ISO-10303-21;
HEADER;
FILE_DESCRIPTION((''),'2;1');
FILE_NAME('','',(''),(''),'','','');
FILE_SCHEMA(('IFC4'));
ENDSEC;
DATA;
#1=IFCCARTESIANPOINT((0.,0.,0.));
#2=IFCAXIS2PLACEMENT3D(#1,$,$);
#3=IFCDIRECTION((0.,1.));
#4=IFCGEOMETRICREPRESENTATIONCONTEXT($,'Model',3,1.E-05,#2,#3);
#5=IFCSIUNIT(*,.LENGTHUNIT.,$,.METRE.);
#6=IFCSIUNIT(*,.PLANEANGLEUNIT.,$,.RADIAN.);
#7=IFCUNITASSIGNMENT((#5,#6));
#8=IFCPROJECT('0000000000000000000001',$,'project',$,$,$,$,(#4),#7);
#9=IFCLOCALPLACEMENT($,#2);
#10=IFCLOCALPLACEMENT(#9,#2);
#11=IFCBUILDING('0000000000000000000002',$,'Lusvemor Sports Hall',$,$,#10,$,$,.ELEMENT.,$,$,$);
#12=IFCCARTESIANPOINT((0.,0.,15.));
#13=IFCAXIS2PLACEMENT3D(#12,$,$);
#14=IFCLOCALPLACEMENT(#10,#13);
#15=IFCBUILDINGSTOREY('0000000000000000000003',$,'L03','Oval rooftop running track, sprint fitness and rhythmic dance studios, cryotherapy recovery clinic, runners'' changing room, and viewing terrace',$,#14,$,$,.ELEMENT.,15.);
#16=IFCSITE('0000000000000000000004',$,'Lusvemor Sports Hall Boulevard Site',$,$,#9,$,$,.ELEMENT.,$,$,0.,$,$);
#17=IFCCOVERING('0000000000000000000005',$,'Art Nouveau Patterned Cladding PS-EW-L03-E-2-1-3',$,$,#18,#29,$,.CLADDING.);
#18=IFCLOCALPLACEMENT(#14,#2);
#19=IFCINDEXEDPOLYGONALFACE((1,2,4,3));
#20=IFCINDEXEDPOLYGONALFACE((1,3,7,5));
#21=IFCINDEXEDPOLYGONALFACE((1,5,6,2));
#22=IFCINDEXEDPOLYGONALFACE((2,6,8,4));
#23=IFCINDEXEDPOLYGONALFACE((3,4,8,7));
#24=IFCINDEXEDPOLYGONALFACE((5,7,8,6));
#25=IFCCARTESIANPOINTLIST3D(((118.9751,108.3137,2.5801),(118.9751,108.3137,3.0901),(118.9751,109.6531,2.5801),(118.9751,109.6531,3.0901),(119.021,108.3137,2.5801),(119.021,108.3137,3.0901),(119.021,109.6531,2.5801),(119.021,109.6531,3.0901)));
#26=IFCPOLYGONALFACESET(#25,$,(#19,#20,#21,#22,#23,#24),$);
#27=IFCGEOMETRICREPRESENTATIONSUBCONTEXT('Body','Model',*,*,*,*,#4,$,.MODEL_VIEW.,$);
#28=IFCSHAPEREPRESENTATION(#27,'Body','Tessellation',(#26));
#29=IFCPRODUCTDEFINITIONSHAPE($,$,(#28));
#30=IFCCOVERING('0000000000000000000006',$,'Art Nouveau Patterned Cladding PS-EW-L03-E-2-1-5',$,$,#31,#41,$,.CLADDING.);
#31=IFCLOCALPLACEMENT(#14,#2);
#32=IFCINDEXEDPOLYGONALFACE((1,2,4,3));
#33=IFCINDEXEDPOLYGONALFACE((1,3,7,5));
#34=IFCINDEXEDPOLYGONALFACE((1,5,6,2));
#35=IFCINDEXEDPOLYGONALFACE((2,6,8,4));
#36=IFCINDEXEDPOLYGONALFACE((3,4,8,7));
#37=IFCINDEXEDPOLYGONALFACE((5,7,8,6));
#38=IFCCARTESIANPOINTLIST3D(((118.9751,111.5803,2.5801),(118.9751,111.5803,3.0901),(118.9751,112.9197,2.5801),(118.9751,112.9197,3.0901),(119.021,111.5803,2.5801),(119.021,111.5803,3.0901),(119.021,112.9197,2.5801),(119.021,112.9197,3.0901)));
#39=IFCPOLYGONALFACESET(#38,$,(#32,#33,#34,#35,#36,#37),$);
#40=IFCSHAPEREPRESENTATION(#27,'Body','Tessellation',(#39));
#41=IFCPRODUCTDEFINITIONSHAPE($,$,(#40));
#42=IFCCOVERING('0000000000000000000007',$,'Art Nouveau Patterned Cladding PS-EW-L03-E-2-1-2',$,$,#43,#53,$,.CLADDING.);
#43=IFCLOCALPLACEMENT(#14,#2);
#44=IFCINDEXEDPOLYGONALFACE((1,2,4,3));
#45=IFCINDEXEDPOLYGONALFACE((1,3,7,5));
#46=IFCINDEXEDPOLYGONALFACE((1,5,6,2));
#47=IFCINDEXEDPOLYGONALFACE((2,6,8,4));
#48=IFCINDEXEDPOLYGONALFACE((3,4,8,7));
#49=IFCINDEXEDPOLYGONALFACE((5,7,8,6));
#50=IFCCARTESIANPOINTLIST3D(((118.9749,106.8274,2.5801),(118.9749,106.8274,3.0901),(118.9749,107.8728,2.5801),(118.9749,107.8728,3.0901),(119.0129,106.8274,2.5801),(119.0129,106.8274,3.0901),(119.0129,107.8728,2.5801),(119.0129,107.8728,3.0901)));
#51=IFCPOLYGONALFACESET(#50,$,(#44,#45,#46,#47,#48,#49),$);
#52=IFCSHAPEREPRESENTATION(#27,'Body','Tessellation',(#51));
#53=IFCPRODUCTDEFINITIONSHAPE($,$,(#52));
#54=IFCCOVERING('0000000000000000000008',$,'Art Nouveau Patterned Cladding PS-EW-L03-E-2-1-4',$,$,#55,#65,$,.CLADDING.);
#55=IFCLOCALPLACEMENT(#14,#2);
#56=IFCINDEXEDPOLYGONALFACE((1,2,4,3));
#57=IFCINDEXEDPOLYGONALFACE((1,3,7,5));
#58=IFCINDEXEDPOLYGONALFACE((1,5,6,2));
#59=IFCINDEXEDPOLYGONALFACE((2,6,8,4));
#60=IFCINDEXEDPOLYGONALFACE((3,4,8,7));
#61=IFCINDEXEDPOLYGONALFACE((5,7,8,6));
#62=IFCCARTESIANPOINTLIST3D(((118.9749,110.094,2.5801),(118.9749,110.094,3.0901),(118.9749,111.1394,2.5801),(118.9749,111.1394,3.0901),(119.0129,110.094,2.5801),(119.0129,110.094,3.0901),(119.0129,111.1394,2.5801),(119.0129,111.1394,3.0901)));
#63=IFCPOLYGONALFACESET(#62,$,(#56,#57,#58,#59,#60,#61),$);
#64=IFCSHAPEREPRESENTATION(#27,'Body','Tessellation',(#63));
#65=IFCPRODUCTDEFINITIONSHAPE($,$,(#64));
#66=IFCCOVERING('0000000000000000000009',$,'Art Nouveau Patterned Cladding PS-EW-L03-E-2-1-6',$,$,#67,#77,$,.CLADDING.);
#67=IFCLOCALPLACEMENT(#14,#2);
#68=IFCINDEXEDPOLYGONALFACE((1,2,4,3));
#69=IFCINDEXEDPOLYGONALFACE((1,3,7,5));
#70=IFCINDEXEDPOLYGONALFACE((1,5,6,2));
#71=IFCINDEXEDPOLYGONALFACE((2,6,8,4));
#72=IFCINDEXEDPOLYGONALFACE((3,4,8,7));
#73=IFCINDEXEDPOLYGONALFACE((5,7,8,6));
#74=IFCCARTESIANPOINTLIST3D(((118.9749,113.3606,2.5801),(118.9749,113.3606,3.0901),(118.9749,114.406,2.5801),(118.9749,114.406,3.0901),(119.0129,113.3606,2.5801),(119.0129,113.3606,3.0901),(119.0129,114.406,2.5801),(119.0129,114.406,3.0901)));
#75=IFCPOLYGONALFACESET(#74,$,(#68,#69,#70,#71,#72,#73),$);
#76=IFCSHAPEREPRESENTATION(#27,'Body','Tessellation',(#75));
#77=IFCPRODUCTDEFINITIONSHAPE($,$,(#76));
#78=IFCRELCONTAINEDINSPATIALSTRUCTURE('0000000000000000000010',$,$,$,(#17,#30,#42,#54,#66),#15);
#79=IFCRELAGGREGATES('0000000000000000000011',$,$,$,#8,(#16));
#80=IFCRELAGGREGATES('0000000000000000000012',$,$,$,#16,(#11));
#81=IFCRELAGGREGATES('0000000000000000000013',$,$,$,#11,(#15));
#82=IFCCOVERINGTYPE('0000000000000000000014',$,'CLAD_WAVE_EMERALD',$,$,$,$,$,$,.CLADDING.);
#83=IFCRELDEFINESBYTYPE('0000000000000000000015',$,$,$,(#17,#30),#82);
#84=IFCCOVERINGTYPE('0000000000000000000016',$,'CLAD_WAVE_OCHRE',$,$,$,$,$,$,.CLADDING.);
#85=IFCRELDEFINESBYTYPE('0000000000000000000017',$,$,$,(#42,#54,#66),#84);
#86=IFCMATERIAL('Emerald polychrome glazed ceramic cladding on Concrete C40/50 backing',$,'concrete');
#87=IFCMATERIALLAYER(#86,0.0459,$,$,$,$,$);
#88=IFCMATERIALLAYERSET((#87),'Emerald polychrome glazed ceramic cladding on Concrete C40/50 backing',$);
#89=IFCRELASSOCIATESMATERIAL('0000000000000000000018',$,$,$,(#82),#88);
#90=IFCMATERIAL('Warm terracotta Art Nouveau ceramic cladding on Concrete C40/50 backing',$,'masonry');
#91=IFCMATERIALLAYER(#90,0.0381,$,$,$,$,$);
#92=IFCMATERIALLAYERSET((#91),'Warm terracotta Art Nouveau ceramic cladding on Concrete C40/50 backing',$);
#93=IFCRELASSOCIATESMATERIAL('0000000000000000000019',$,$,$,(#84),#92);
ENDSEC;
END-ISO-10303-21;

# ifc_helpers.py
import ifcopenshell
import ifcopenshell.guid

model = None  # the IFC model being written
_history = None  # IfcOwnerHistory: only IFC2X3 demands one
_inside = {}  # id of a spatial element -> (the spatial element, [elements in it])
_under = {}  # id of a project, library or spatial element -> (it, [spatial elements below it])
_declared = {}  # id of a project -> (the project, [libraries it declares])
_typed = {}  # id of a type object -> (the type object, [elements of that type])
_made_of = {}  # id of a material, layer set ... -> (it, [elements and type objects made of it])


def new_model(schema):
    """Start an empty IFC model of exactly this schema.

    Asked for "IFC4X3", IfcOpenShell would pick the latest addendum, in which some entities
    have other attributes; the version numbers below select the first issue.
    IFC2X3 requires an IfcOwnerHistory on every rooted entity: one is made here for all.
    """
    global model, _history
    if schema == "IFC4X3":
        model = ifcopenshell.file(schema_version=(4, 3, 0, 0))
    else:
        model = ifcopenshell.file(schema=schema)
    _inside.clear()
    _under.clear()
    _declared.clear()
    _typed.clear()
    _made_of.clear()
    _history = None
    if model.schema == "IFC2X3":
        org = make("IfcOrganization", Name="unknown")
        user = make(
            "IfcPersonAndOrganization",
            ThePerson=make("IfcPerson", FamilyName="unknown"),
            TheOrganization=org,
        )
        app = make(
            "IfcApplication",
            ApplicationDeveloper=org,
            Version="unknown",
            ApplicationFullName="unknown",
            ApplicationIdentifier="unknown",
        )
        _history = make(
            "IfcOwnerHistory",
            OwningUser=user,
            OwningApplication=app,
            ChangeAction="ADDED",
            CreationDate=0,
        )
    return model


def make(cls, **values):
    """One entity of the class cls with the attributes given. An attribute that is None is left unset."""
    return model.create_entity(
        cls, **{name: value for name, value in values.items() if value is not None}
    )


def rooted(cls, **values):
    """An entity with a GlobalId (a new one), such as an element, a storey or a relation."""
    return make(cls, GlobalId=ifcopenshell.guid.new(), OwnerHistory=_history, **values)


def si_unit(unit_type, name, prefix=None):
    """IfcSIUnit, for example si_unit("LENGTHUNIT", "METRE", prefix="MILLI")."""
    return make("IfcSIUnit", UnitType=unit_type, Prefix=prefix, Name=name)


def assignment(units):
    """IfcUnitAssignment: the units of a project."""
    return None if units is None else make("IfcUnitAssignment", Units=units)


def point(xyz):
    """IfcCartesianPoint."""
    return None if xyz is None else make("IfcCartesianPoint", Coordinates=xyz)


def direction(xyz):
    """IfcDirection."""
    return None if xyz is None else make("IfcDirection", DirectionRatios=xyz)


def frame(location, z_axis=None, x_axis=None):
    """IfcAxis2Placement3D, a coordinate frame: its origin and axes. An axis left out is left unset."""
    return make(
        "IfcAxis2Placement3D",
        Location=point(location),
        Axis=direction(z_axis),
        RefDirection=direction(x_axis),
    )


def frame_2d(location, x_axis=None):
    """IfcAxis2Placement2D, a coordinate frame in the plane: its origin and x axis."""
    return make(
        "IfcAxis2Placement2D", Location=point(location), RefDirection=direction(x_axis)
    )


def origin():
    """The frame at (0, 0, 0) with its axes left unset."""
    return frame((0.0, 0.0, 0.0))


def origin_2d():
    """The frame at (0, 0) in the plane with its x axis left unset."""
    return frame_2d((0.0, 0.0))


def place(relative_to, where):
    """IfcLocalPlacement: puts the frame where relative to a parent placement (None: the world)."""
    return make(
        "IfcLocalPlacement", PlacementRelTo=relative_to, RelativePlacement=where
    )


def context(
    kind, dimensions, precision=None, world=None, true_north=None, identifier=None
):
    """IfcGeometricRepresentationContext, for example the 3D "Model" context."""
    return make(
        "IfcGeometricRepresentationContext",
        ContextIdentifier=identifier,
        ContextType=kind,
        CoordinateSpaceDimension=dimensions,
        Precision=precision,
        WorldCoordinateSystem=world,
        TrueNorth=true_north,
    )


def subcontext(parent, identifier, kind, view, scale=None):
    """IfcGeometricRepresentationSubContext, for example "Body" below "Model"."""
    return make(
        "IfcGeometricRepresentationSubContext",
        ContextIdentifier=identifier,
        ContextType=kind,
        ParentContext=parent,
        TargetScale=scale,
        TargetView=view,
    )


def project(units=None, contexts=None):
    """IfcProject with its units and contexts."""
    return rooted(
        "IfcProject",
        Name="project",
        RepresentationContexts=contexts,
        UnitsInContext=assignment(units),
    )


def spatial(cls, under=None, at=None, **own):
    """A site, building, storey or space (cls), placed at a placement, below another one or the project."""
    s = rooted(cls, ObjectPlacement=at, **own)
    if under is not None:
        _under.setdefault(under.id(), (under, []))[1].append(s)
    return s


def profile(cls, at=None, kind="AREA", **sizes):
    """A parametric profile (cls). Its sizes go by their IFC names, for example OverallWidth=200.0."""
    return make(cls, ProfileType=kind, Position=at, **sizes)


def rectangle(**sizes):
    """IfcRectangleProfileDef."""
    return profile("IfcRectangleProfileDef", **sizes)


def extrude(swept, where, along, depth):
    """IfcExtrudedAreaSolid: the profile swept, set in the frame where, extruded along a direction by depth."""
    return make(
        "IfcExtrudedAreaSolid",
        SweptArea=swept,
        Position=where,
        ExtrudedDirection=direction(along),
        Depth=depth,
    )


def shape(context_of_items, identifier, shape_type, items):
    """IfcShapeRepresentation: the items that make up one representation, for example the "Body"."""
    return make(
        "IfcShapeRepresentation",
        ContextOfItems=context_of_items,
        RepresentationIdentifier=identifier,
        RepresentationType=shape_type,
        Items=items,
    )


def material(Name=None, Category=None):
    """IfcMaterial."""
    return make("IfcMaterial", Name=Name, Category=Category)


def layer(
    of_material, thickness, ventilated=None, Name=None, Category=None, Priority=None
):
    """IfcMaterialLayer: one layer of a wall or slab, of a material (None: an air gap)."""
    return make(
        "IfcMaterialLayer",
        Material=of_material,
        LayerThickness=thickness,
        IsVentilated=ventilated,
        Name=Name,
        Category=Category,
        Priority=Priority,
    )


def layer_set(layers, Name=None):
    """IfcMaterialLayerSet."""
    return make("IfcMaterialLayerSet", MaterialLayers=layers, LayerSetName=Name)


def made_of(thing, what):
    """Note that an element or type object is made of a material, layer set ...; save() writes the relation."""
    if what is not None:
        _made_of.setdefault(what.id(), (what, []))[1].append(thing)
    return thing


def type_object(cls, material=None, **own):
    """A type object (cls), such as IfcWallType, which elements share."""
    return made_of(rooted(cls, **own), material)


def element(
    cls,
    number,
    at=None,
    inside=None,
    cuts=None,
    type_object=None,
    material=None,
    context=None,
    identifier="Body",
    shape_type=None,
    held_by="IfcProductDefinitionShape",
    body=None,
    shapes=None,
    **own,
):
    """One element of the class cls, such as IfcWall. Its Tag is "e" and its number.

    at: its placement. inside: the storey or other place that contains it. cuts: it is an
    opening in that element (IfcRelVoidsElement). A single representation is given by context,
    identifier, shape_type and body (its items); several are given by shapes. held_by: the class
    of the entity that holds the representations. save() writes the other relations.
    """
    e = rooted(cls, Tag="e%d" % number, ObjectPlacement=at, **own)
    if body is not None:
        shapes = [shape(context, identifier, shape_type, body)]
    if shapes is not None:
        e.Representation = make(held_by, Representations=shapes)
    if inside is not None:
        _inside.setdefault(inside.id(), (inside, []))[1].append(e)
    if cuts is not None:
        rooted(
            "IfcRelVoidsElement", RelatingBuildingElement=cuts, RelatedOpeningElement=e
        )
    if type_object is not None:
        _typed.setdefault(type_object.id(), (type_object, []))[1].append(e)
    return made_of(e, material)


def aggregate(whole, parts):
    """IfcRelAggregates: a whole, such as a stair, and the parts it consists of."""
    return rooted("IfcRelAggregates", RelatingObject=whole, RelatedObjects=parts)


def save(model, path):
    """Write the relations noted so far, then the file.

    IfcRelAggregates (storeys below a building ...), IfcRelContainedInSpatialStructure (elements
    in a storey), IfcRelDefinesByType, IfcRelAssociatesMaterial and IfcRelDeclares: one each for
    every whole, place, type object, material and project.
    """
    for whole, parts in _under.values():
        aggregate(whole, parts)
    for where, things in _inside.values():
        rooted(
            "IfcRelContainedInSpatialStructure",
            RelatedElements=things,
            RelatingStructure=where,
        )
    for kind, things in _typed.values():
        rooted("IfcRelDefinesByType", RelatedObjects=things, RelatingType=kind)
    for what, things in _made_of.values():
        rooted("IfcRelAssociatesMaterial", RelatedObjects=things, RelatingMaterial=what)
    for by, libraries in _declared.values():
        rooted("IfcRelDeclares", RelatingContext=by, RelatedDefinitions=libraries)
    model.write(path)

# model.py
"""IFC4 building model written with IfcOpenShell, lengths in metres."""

from ifc_helpers import new_model, si_unit, direction, frame, origin, origin_2d, place, context, subcontext, project, spatial, rectangle, extrude, material, layer, layer_set, type_object, element, save


model = new_model("IFC4")

# Units and contexts
model_context = context("Model", 3, precision=1e-05, world=origin(), true_north=direction((0.0, 1.0)))
body_context = subcontext(model_context, "Body", "Model", "MODEL_VIEW")
ifc_project = project(units=[si_unit("LENGTHUNIT", "METRE"), si_unit("PLANEANGLEUNIT", "RADIAN")], contexts=[model_context])

# Site, building, storey
site_placement = place(None, origin())
site = spatial("IfcSite", under=ifc_project, at=site_placement, Name="Lusvemor Sports Hall Boulevard Site", CompositionType="ELEMENT", RefElevation=0.0)
building_placement = place(site_placement, origin())
building = spatial("IfcBuilding", under=site, at=building_placement, Name="Lusvemor Sports Hall", CompositionType="ELEMENT")
storey_placement = place(building_placement, frame((0.0, 0.0, 15.0)))
storey = spatial("IfcBuildingStorey", under=building, at=storey_placement, Name="L03", Description="Oval rooftop running track, sprint fitness and rhythmic dance studios, cryotherapy recovery clinic, runners' changing room, and viewing terrace", CompositionType="ELEMENT", Elevation=15.0)

# Coverings
ifc_material_1 = material(Name="Emerald polychrome glazed ceramic cladding on Concrete C40/50 backing", Category="concrete")
ifc_layer_1 = layer(ifc_material_1, 0.0459)
ifc_layer_set_1 = layer_set([ifc_layer_1], Name="Emerald polychrome glazed ceramic cladding on Concrete C40/50 backing")
covering_type_1 = type_object("IfcCoveringType", Name="CLAD_WAVE_EMERALD", PredefinedType="CLADDING", material=ifc_layer_set_1)
for number, where, z_axis, x_axis, name in (
    (1, (118.998, 108.9834, 2.5801), (0.0, 0.0, 1.0), (1.0, 0.0, 0.0), "Art Nouveau Patterned Cladding PS-EW-L03-E-2-1-3"),
    (2, (118.998, 112.25, 2.5801), (0.0, 0.0, 1.0), (1.0, 0.0, 0.0), "Art Nouveau Patterned Cladding PS-EW-L03-E-2-1-5"),
):
    element("IfcCovering", number, at=place(storey_placement, frame(where, z_axis=z_axis, x_axis=x_axis)), inside=storey, type_object=covering_type_1, Name=name, PredefinedType="CLADDING", context=body_context, shape_type="SweptSolid", body=[
        extrude(rectangle(XDim=0.0459, YDim=1.3394, at=origin_2d()), origin(), (0.0, 0.0, 1.0), 0.51),
    ])
ifc_material_2 = material(Name="Warm terracotta Art Nouveau ceramic cladding on Concrete C40/50 backing", Category="masonry")
ifc_layer_2 = layer(ifc_material_2, 0.0381)
ifc_layer_set_2 = layer_set([ifc_layer_2], Name="Warm terracotta Art Nouveau ceramic cladding on Concrete C40/50 backing")
covering_type_2 = type_object("IfcCoveringType", Name="CLAD_WAVE_OCHRE", PredefinedType="CLADDING", material=ifc_layer_set_2)
for number, where, z_axis, x_axis, name in (
    (3, (118.9939, 107.3501, 2.5801), (0.0, 0.0, 1.0), (1.0, 0.0, 0.0), "Art Nouveau Patterned Cladding PS-EW-L03-E-2-1-2"),
    (4, (118.9939, 110.6167, 2.5801), (0.0, 0.0, 1.0), (1.0, 0.0, 0.0), "Art Nouveau Patterned Cladding PS-EW-L03-E-2-1-4"),
    (5, (118.9939, 113.8833, 2.5801), (0.0, 0.0, 1.0), (1.0, 0.0, 0.0), "Art Nouveau Patterned Cladding PS-EW-L03-E-2-1-6"),
):
    element("IfcCovering", number, at=place(storey_placement, frame(where, z_axis=z_axis, x_axis=x_axis)), inside=storey, type_object=covering_type_2, Name=name, PredefinedType="CLADDING", context=body_context, shape_type="SweptSolid", body=[
        extrude(rectangle(XDim=0.0381, YDim=1.0454, at=origin_2d()), origin(), (0.0, 0.0, 1.0), 0.51),
    ])

save(model, "model.ifc")
